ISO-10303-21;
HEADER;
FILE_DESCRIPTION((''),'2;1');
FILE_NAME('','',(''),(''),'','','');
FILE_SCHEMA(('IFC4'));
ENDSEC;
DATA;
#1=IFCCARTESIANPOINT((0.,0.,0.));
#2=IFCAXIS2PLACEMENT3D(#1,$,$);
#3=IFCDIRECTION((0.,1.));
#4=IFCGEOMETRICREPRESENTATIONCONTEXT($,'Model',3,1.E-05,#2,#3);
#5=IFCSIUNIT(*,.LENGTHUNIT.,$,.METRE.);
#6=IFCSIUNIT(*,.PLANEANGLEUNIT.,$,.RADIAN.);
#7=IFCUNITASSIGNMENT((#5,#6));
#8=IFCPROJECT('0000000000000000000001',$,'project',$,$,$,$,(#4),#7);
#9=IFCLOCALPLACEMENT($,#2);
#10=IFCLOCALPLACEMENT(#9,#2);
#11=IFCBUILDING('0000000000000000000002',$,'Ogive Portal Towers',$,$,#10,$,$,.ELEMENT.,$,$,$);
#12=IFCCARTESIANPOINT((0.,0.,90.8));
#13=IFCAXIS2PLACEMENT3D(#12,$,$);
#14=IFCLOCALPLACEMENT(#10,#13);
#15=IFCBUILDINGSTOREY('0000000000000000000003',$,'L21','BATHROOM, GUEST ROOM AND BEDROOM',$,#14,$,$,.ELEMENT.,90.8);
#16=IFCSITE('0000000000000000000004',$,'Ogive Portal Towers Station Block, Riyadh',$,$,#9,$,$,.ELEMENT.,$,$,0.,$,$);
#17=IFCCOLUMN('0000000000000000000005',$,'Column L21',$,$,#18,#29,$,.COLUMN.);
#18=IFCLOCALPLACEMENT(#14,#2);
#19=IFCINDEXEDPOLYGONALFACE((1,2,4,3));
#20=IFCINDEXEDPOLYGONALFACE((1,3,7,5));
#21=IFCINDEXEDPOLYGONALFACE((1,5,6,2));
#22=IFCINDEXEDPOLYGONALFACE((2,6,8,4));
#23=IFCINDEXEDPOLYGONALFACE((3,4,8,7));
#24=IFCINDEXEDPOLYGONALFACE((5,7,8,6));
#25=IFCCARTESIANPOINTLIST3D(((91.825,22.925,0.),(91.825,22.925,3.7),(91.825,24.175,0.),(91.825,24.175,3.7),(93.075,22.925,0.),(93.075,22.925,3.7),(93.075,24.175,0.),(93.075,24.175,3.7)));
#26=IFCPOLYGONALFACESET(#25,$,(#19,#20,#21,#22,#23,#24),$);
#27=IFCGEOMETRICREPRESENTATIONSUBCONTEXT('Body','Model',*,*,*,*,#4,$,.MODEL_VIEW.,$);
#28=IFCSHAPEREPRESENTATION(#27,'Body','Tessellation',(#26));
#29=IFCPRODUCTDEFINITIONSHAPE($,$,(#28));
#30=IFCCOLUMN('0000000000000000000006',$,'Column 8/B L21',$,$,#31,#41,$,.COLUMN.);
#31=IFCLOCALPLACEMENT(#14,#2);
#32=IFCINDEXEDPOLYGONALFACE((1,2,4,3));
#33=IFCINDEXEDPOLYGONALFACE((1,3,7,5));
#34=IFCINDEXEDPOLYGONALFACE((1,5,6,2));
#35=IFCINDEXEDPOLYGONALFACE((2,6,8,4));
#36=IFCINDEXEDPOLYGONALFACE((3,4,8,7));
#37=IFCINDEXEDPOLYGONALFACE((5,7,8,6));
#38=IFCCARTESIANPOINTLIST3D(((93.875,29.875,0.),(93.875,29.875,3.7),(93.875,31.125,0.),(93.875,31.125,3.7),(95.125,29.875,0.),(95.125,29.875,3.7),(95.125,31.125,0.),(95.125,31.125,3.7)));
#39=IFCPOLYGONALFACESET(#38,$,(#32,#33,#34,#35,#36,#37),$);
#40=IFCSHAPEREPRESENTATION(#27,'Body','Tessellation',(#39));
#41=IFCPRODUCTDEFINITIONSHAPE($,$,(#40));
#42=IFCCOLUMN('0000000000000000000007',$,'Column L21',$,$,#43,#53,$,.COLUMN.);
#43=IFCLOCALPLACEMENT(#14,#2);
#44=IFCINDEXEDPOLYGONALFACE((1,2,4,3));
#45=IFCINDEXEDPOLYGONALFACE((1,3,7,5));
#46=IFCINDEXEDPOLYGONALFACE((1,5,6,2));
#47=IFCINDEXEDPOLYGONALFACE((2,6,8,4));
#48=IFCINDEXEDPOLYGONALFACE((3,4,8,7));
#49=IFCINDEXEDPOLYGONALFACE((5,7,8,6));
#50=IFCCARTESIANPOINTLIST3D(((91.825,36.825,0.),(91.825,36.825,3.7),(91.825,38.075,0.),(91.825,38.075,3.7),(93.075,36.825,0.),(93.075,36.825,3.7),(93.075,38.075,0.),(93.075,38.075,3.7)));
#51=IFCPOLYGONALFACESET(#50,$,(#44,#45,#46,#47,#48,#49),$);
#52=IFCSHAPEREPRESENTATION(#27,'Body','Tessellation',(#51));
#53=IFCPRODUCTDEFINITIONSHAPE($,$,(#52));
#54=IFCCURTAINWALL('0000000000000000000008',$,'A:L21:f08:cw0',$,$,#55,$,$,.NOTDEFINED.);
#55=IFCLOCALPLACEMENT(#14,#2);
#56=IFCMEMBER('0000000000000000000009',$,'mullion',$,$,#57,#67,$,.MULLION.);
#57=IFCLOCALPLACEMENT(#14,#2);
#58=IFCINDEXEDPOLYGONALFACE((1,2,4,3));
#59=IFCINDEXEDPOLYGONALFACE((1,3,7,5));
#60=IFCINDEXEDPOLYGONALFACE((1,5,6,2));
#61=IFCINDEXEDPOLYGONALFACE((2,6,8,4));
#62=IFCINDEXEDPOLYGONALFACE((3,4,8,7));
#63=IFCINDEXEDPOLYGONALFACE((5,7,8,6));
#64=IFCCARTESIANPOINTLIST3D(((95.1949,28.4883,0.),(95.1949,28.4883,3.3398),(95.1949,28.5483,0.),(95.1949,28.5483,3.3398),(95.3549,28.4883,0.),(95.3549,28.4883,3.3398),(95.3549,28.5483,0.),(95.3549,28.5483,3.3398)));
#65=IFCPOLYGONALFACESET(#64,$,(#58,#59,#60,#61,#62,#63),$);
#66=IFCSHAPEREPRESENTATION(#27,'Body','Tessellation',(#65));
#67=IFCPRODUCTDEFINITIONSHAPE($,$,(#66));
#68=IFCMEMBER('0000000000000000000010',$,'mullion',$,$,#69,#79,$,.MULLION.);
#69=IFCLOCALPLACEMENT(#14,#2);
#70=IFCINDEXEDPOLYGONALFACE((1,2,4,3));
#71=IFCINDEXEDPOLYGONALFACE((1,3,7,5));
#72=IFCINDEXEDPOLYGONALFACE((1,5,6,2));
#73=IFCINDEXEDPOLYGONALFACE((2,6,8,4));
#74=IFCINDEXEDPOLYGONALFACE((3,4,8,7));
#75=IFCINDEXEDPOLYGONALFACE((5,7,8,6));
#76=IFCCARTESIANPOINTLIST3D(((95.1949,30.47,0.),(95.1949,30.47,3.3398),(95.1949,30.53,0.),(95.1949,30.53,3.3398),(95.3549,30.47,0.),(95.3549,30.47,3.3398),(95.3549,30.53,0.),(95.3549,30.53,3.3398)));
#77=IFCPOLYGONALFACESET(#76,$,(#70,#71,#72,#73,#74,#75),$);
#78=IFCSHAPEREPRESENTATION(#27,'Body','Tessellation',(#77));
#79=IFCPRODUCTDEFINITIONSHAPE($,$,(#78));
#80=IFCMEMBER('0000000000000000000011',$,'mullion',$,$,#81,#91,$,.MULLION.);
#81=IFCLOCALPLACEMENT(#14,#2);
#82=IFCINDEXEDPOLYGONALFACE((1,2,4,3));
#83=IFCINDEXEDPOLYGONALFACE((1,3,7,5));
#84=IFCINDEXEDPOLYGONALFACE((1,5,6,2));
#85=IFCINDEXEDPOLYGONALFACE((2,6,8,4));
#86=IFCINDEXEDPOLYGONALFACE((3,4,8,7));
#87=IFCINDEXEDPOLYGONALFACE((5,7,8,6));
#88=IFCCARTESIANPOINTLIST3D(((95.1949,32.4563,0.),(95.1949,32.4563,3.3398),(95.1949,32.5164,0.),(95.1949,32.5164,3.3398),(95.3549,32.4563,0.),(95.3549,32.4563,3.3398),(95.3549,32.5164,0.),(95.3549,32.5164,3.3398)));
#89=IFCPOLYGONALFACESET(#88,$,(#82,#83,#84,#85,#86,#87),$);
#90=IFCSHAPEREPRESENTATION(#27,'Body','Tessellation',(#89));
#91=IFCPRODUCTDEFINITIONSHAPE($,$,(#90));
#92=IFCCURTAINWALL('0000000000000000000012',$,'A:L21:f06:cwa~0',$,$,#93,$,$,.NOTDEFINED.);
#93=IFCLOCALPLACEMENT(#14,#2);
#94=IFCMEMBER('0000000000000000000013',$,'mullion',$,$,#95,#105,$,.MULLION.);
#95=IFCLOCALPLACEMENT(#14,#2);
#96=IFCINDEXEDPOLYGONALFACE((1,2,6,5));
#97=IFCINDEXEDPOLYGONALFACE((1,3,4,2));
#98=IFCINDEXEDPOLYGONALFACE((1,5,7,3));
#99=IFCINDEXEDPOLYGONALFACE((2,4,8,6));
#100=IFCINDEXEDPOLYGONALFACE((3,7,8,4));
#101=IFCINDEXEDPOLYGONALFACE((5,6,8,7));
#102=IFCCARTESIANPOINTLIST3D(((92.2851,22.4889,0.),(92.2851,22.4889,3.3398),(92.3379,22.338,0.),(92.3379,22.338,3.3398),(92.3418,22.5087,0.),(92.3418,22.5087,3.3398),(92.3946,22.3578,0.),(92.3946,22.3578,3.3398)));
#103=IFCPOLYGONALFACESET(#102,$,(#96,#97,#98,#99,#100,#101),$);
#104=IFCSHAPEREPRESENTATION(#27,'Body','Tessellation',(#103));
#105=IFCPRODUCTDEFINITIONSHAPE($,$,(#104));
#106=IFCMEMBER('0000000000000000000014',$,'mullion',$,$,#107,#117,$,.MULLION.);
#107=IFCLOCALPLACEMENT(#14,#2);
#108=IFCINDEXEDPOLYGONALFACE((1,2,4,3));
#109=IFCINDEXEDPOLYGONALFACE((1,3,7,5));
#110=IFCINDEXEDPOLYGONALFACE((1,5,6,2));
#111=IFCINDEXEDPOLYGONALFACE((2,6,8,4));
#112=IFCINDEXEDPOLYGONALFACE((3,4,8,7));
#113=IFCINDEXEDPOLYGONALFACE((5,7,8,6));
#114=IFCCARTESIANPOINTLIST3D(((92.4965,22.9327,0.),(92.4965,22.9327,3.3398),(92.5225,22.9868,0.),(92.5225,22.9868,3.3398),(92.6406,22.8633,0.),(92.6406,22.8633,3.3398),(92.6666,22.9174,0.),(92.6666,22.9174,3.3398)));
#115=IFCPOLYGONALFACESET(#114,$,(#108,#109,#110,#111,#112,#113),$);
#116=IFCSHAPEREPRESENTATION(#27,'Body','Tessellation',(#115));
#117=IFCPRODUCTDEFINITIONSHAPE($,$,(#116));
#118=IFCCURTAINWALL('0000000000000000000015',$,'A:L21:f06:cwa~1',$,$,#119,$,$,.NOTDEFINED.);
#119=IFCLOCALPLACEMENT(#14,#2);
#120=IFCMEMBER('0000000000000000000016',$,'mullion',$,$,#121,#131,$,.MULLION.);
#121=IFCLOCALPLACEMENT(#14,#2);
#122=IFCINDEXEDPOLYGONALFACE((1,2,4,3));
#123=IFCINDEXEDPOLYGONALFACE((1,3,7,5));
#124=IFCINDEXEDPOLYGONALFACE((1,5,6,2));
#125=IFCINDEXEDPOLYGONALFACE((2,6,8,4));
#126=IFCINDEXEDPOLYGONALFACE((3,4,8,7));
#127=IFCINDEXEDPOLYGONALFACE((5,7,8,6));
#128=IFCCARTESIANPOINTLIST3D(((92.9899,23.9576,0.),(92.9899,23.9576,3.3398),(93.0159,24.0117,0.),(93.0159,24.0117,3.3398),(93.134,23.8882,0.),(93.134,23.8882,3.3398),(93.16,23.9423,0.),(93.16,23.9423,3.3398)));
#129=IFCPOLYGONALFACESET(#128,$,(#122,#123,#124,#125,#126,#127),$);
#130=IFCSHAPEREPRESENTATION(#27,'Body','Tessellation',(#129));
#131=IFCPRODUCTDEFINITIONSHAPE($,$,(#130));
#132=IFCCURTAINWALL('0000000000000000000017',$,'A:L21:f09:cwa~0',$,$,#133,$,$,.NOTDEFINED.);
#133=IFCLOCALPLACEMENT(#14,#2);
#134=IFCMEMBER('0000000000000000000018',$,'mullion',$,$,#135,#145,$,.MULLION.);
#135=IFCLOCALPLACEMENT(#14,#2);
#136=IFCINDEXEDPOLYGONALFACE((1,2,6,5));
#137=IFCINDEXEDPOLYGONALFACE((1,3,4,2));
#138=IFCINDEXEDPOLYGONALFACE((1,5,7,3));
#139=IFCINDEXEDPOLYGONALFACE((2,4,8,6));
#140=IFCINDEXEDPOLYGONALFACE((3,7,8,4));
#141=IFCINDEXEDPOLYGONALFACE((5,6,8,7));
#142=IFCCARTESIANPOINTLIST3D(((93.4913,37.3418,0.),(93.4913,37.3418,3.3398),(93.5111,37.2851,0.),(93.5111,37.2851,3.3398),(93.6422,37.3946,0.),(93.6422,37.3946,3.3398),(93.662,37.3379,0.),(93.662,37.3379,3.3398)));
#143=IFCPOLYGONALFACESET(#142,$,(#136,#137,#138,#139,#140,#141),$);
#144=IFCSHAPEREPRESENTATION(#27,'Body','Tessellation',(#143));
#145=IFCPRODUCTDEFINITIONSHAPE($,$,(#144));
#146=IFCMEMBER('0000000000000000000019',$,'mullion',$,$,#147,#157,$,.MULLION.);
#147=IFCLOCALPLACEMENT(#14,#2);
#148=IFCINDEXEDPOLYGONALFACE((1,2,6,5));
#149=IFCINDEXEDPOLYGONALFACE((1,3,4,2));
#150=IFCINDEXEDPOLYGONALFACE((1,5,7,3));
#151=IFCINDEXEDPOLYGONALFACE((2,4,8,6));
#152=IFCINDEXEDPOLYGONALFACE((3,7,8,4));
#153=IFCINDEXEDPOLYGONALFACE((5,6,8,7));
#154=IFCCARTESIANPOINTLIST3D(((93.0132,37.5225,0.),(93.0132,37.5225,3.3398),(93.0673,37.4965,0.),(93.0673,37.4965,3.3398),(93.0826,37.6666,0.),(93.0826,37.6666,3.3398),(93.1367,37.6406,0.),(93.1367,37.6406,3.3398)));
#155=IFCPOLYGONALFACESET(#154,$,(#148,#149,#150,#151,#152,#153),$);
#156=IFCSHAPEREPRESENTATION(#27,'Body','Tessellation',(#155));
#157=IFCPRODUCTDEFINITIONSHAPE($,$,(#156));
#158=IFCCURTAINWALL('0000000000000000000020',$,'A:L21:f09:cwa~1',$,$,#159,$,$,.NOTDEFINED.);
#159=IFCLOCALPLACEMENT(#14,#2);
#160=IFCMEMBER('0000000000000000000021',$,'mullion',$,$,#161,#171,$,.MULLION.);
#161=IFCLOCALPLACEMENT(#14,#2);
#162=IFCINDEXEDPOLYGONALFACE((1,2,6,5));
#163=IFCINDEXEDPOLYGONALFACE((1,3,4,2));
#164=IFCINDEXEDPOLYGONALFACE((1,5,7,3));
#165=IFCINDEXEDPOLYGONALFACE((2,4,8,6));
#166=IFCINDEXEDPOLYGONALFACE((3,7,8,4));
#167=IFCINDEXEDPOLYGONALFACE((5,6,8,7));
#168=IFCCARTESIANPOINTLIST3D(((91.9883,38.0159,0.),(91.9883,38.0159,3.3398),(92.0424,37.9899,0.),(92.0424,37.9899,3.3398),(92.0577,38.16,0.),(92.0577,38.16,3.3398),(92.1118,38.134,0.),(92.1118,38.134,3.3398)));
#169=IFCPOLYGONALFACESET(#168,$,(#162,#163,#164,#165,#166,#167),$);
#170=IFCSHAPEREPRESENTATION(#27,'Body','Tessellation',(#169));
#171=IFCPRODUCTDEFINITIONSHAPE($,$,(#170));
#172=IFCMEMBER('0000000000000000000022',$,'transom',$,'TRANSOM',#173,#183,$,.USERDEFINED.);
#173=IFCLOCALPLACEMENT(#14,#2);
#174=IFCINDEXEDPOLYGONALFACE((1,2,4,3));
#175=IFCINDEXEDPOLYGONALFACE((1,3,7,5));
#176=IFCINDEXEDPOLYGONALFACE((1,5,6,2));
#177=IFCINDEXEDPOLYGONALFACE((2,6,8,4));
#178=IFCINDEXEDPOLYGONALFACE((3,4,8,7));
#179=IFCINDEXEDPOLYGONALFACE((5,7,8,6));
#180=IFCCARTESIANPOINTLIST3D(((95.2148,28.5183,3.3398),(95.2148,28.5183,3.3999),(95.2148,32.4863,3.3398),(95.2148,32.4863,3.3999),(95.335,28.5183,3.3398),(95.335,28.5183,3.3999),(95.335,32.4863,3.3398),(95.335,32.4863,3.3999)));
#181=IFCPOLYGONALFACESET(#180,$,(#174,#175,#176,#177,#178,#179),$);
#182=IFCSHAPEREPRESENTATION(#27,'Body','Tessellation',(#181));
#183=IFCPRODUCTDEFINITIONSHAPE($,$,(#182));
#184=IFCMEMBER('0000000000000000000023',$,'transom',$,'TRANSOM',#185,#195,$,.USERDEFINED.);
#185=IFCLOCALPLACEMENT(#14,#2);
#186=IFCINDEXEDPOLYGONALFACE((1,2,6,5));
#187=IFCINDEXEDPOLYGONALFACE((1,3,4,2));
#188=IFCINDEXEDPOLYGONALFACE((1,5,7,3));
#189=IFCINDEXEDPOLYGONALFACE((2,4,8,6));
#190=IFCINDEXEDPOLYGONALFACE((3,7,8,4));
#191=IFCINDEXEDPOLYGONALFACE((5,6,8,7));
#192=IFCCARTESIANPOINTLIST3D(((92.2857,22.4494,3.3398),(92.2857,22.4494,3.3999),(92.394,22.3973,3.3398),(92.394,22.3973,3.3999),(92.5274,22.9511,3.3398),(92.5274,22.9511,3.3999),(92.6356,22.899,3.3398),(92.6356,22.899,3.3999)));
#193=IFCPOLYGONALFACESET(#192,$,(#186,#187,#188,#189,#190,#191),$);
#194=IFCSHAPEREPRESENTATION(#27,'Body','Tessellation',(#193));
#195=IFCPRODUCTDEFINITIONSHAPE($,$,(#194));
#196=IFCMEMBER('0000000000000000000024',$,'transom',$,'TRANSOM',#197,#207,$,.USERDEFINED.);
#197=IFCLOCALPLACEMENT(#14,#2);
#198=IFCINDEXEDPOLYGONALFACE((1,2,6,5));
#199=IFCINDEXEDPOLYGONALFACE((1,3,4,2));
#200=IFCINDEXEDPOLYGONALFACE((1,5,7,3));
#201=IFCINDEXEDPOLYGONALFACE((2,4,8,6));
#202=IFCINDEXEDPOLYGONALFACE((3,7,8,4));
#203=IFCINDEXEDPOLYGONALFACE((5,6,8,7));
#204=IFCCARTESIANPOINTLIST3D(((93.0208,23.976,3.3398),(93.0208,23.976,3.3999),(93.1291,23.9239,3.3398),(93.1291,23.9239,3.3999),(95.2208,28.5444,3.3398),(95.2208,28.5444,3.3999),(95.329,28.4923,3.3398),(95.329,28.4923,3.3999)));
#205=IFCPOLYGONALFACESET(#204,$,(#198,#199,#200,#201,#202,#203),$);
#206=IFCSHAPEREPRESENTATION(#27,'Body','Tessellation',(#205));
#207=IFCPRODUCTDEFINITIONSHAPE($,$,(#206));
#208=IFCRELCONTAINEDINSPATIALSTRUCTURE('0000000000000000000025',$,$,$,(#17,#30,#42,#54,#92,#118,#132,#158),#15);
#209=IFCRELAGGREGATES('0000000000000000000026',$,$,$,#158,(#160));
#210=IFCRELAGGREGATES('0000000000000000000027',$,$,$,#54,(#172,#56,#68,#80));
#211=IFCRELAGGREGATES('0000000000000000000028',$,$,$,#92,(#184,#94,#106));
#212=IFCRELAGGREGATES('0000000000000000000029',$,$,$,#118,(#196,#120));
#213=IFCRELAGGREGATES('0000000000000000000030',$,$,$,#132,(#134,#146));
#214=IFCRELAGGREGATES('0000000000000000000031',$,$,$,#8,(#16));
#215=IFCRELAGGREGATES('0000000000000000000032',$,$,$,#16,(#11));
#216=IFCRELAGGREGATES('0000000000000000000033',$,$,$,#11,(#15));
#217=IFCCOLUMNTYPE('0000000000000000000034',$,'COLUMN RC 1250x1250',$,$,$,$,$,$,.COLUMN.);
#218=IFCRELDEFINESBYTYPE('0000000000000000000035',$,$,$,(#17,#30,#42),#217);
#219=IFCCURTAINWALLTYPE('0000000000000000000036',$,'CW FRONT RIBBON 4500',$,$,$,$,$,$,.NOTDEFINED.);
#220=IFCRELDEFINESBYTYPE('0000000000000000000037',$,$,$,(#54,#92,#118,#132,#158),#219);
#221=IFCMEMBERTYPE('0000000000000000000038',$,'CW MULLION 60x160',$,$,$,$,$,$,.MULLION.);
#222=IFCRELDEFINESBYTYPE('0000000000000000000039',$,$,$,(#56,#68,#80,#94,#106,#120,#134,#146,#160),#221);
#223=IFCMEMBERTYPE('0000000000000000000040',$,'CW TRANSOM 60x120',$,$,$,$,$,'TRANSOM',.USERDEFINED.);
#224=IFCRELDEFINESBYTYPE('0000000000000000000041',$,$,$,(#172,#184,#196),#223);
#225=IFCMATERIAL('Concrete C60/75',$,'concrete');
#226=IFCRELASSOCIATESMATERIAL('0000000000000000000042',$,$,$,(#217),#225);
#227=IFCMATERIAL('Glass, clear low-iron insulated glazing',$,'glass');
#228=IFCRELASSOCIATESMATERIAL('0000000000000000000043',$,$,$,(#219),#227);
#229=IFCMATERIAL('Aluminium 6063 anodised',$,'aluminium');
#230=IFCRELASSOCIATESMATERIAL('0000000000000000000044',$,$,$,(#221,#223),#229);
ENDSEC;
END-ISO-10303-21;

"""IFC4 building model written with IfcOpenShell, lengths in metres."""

from ifc_helpers import new_model, si_unit, direction, frame, origin, origin_2d, place, context, subcontext, project, spatial, rectangle, extrude, material, material_profile, profile_set, type_object, element, aggregate, save


model = new_model("IFC4")

# Units and contexts
model_context = context("Model", 3, precision=1e-05, world=origin(), true_north=direction((0.0, 1.0)))
body_context = subcontext(model_context, "Body", "Model", "MODEL_VIEW")
ifc_project = project(units=[si_unit("LENGTHUNIT", "METRE"), si_unit("PLANEANGLEUNIT", "RADIAN")], contexts=[model_context])

# Site, building, storey
site_placement = place(None, origin())
site = spatial("IfcSite", under=ifc_project, at=site_placement, Name="Ogive Portal Towers Station Block, Riyadh", CompositionType="ELEMENT", RefElevation=0.0)
building_placement = place(site_placement, origin())
building = spatial("IfcBuilding", under=site, at=building_placement, Name="Ogive Portal Towers", CompositionType="ELEMENT")
storey_placement = place(building_placement, frame((0.0, 0.0, 90.8)))
storey = spatial("IfcBuildingStorey", under=building, at=storey_placement, Name="L21", Description="BATHROOM, GUEST ROOM AND BEDROOM", CompositionType="ELEMENT", Elevation=90.8)

# Columns
ifc_material_1 = material(Name="Concrete C60/75", Category="concrete")
ifc_material_profile_1 = material_profile(ifc_material_1, rectangle(XDim=1.25, YDim=1.25, at=origin_2d()), Name="RC 1250x1250")
ifc_profile_set_1 = profile_set([ifc_material_profile_1], Name="Concrete C60/75")
column_type = type_object("IfcColumnType", Name="COLUMN RC 1250x1250", PredefinedType="COLUMN", material=ifc_profile_set_1)
for number, where, z_axis, x_axis, name in (
    (1, (92.45, 23.55, 0.0), (0.0, 0.0, 1.0), (1.0, 0.0, 0.0), "Column L21"),
    (2, (94.5, 30.5, 0.0), (0.0, 0.0, 1.0), (1.0, 0.0, 0.0), "Column 8/B L21"),
    (3, (92.45, 37.45, 0.0), (0.0, 0.0, 1.0), (1.0, 0.0, 0.0), "Column L21"),
):
    element("IfcColumn", number, at=place(storey_placement, frame(where, z_axis=z_axis, x_axis=x_axis)), inside=storey, type_object=column_type, Name=name, PredefinedType="COLUMN", context=body_context, shape_type="SweptSolid", body=[
        extrude(rectangle(XDim=1.25, YDim=1.25, at=origin_2d()), origin(), (0.0, 0.0, 1.0), 3.7),
    ])

# Curtain walls, members
ifc_material_2 = material(Name="Glass, clear low-iron insulated glazing", Category="glass")
curtain_wall_type = type_object("IfcCurtainWallType", Name="CW FRONT RIBBON 4500", PredefinedType="NOTDEFINED", material=ifc_material_2)
curtain_wall_1_placement = place(storey_placement, origin())
curtain_wall_1 = element("IfcCurtainWall", 4, at=curtain_wall_1_placement, inside=storey, type_object=curtain_wall_type, Name="A:L21:f08:cw0", PredefinedType="NOTDEFINED")
ifc_material_3 = material(Name="Aluminium 6063 anodised", Category="aluminium")
ifc_material_profile_2 = material_profile(ifc_material_3, rectangle(XDim=0.1599, YDim=0.0601, at=origin_2d()), Name="AL 60x160")
ifc_profile_set_2 = profile_set([ifc_material_profile_2], Name="Aluminium 6063 anodised")
member_type_1 = type_object("IfcMemberType", Name="CW MULLION 60x160", PredefinedType="MULLION", material=ifc_profile_set_2)
member_1_placement = place(storey_placement, frame((95.2749, 28.5183, 0.0), z_axis=(0.0, 0.0, 1.0), x_axis=(-1.0, 0.0, 0.0)))
member_1 = element("IfcMember", 5, at=member_1_placement, type_object=member_type_1, Name="mullion", PredefinedType="MULLION", context=body_context, shape_type="SweptSolid", body=[
    extrude(rectangle(XDim=0.1599, YDim=0.0601, at=origin_2d()), origin(), (0.0, 0.0, 1.0), 3.3398),
])
member_2_placement = place(storey_placement, frame((95.2749, 30.5, 0.0), z_axis=(0.0, 0.0, 1.0), x_axis=(-1.0, 0.0, 0.0)))
member_2 = element("IfcMember", 6, at=member_2_placement, type_object=member_type_1, Name="mullion", PredefinedType="MULLION", context=body_context, shape_type="SweptSolid", body=[
    extrude(rectangle(XDim=0.1599, YDim=0.0601, at=origin_2d()), origin(), (0.0, 0.0, 1.0), 3.3398),
])
member_3_placement = place(storey_placement, frame((95.2749, 32.4863, 0.0), z_axis=(0.0, 0.0, 1.0), x_axis=(-1.0, 0.0, 0.0)))
member_3 = element("IfcMember", 7, at=member_3_placement, type_object=member_type_1, Name="mullion", PredefinedType="MULLION", context=body_context, shape_type="SweptSolid", body=[
    extrude(rectangle(XDim=0.1599, YDim=0.0601, at=origin_2d()), origin(), (0.0, 0.0, 1.0), 3.3398),
])
curtain_wall_2_placement = place(storey_placement, origin())
curtain_wall_2 = element("IfcCurtainWall", 8, at=curtain_wall_2_placement, inside=storey, type_object=curtain_wall_type, Name="A:L21:f06:cwa~0", PredefinedType="NOTDEFINED")
member_4_placement = place(storey_placement, frame((92.3398, 22.4233, 0.0), z_axis=(0.0, 0.0, 1.0), x_axis=(-0.330279, 0.943883, 0.0)))
member_4 = element("IfcMember", 9, at=member_4_placement, type_object=member_type_1, Name="mullion", PredefinedType="MULLION", context=body_context, shape_type="SweptSolid", body=[
    extrude(rectangle(XDim=0.1599, YDim=0.0601, at=origin_2d()), origin(), (0.0, 0.0, 1.0), 3.3398),
])
member_5_placement = place(storey_placement, frame((92.5815, 22.925, 0.0), z_axis=(0.0, 0.0, 1.0), x_axis=(-0.900969, 0.433884, 0.0)))
member_5 = element("IfcMember", 10, at=member_5_placement, type_object=member_type_1, Name="mullion", PredefinedType="MULLION", context=body_context, shape_type="SweptSolid", body=[
    extrude(rectangle(XDim=0.1599, YDim=0.0601, at=origin_2d()), origin(), (0.0, 0.0, 1.0), 3.3398),
])

# Curtain wall, member
curtain_wall_3_placement = place(storey_placement, origin())
curtain_wall_3 = element("IfcCurtainWall", 11, at=curtain_wall_3_placement, inside=storey, type_object=curtain_wall_type, Name="A:L21:f06:cwa~1", PredefinedType="NOTDEFINED")
member_6_placement = place(storey_placement, frame((93.075, 23.95, 0.0), z_axis=(0.0, 0.0, 1.0), x_axis=(-0.900969, 0.433884, 0.0)))
member_6 = element("IfcMember", 12, at=member_6_placement, type_object=member_type_1, Name="mullion", PredefinedType="MULLION", context=body_context, shape_type="SweptSolid", body=[
    extrude(rectangle(XDim=0.1599, YDim=0.0601, at=origin_2d()), origin(), (0.0, 0.0, 1.0), 3.3398),
])

# Curtain wall, members
curtain_wall_4_placement = place(storey_placement, origin())
curtain_wall_4 = element("IfcCurtainWall", 13, at=curtain_wall_4_placement, inside=storey, type_object=curtain_wall_type, Name="A:L21:f09:cwa~0", PredefinedType="NOTDEFINED")
member_7_placement = place(storey_placement, frame((93.5767, 37.3398, 0.0), z_axis=(0.0, 0.0, 1.0), x_axis=(-0.943883, -0.330279, 0.0)))
member_7 = element("IfcMember", 14, at=member_7_placement, type_object=member_type_1, Name="mullion", PredefinedType="MULLION", context=body_context, shape_type="SweptSolid", body=[
    extrude(rectangle(XDim=0.1599, YDim=0.0601, at=origin_2d()), origin(), (0.0, 0.0, 1.0), 3.3398),
])
member_8_placement = place(storey_placement, frame((93.075, 37.5815, 0.0), z_axis=(0.0, 0.0, 1.0), x_axis=(-0.433884, -0.900969, 0.0)))
member_8 = element("IfcMember", 15, at=member_8_placement, type_object=member_type_1, Name="mullion", PredefinedType="MULLION", context=body_context, shape_type="SweptSolid", body=[
    extrude(rectangle(XDim=0.1599, YDim=0.0601, at=origin_2d()), origin(), (0.0, 0.0, 1.0), 3.3398),
])

# Curtain wall, member
curtain_wall_5_placement = place(storey_placement, origin())
curtain_wall_5 = element("IfcCurtainWall", 16, at=curtain_wall_5_placement, inside=storey, type_object=curtain_wall_type, Name="A:L21:f09:cwa~1", PredefinedType="NOTDEFINED")
member_9_placement = place(storey_placement, frame((92.05, 38.075, 0.0), z_axis=(0.0, 0.0, 1.0), x_axis=(-0.433884, -0.900969, 0.0)))
member_9 = element("IfcMember", 17, at=member_9_placement, type_object=member_type_1, Name="mullion", PredefinedType="MULLION", context=body_context, shape_type="SweptSolid", body=[
    extrude(rectangle(XDim=0.1599, YDim=0.0601, at=origin_2d()), origin(), (0.0, 0.0, 1.0), 3.3398),
])
aggregate(curtain_wall_5, [member_9])

# Members
ifc_material_profile_3 = material_profile(ifc_material_3, rectangle(XDim=0.1201, YDim=0.0601, at=origin_2d()), Name="AL 120x60")
ifc_profile_set_3 = profile_set([ifc_material_profile_3], Name="Aluminium 6063 anodised")
member_type_2 = type_object("IfcMemberType", Name="CW TRANSOM 60x120", ElementType="TRANSOM", PredefinedType="USERDEFINED", material=ifc_profile_set_3)
member_10_placement = place(storey_placement, frame((95.2749, 28.5183, 3.3699), z_axis=(0.0, 1.0, 0.0), x_axis=(-1.0, 0.0, 0.0)))
member_10 = element("IfcMember", 18, at=member_10_placement, type_object=member_type_2, Name="transom", ObjectType="TRANSOM", PredefinedType="USERDEFINED", context=body_context, shape_type="SweptSolid", body=[
    extrude(rectangle(XDim=0.1201, YDim=0.0601, at=origin_2d()), origin(), (0.0, 0.0, 1.0), 3.968),
])
member_11_placement = place(storey_placement, frame((92.3398, 22.4233, 3.3699), z_axis=(0.434013, 0.900906, 0.0), x_axis=(-0.900906, 0.434013, 0.0)))
member_11 = element("IfcMember", 19, at=member_11_placement, type_object=member_type_2, Name="transom", ObjectType="TRANSOM", PredefinedType="USERDEFINED", context=body_context, shape_type="SweptSolid", body=[
    extrude(rectangle(XDim=0.1201, YDim=0.0601, at=origin_2d()), origin(), (0.0, 0.0, 1.0), 0.5569),
])
member_12_placement = place(storey_placement, frame((93.075, 23.95, 3.3699), z_axis=(0.433875, 0.900973, 0.0), x_axis=(-0.900973, 0.433875, 0.0)))
member_12 = element("IfcMember", 20, at=member_12_placement, type_object=member_type_2, Name="transom", ObjectType="TRANSOM", PredefinedType="USERDEFINED", context=body_context, shape_type="SweptSolid", body=[
    extrude(rectangle(XDim=0.1201, YDim=0.0601, at=origin_2d()), origin(), (0.0, 0.0, 1.0), 5.0706),
])

aggregate(curtain_wall_1, [member_10, member_1, member_2, member_3])
aggregate(curtain_wall_2, [member_11, member_4, member_5])
aggregate(curtain_wall_3, [member_12, member_6])
aggregate(curtain_wall_4, [member_7, member_8])

save(model, "model.ifc")
